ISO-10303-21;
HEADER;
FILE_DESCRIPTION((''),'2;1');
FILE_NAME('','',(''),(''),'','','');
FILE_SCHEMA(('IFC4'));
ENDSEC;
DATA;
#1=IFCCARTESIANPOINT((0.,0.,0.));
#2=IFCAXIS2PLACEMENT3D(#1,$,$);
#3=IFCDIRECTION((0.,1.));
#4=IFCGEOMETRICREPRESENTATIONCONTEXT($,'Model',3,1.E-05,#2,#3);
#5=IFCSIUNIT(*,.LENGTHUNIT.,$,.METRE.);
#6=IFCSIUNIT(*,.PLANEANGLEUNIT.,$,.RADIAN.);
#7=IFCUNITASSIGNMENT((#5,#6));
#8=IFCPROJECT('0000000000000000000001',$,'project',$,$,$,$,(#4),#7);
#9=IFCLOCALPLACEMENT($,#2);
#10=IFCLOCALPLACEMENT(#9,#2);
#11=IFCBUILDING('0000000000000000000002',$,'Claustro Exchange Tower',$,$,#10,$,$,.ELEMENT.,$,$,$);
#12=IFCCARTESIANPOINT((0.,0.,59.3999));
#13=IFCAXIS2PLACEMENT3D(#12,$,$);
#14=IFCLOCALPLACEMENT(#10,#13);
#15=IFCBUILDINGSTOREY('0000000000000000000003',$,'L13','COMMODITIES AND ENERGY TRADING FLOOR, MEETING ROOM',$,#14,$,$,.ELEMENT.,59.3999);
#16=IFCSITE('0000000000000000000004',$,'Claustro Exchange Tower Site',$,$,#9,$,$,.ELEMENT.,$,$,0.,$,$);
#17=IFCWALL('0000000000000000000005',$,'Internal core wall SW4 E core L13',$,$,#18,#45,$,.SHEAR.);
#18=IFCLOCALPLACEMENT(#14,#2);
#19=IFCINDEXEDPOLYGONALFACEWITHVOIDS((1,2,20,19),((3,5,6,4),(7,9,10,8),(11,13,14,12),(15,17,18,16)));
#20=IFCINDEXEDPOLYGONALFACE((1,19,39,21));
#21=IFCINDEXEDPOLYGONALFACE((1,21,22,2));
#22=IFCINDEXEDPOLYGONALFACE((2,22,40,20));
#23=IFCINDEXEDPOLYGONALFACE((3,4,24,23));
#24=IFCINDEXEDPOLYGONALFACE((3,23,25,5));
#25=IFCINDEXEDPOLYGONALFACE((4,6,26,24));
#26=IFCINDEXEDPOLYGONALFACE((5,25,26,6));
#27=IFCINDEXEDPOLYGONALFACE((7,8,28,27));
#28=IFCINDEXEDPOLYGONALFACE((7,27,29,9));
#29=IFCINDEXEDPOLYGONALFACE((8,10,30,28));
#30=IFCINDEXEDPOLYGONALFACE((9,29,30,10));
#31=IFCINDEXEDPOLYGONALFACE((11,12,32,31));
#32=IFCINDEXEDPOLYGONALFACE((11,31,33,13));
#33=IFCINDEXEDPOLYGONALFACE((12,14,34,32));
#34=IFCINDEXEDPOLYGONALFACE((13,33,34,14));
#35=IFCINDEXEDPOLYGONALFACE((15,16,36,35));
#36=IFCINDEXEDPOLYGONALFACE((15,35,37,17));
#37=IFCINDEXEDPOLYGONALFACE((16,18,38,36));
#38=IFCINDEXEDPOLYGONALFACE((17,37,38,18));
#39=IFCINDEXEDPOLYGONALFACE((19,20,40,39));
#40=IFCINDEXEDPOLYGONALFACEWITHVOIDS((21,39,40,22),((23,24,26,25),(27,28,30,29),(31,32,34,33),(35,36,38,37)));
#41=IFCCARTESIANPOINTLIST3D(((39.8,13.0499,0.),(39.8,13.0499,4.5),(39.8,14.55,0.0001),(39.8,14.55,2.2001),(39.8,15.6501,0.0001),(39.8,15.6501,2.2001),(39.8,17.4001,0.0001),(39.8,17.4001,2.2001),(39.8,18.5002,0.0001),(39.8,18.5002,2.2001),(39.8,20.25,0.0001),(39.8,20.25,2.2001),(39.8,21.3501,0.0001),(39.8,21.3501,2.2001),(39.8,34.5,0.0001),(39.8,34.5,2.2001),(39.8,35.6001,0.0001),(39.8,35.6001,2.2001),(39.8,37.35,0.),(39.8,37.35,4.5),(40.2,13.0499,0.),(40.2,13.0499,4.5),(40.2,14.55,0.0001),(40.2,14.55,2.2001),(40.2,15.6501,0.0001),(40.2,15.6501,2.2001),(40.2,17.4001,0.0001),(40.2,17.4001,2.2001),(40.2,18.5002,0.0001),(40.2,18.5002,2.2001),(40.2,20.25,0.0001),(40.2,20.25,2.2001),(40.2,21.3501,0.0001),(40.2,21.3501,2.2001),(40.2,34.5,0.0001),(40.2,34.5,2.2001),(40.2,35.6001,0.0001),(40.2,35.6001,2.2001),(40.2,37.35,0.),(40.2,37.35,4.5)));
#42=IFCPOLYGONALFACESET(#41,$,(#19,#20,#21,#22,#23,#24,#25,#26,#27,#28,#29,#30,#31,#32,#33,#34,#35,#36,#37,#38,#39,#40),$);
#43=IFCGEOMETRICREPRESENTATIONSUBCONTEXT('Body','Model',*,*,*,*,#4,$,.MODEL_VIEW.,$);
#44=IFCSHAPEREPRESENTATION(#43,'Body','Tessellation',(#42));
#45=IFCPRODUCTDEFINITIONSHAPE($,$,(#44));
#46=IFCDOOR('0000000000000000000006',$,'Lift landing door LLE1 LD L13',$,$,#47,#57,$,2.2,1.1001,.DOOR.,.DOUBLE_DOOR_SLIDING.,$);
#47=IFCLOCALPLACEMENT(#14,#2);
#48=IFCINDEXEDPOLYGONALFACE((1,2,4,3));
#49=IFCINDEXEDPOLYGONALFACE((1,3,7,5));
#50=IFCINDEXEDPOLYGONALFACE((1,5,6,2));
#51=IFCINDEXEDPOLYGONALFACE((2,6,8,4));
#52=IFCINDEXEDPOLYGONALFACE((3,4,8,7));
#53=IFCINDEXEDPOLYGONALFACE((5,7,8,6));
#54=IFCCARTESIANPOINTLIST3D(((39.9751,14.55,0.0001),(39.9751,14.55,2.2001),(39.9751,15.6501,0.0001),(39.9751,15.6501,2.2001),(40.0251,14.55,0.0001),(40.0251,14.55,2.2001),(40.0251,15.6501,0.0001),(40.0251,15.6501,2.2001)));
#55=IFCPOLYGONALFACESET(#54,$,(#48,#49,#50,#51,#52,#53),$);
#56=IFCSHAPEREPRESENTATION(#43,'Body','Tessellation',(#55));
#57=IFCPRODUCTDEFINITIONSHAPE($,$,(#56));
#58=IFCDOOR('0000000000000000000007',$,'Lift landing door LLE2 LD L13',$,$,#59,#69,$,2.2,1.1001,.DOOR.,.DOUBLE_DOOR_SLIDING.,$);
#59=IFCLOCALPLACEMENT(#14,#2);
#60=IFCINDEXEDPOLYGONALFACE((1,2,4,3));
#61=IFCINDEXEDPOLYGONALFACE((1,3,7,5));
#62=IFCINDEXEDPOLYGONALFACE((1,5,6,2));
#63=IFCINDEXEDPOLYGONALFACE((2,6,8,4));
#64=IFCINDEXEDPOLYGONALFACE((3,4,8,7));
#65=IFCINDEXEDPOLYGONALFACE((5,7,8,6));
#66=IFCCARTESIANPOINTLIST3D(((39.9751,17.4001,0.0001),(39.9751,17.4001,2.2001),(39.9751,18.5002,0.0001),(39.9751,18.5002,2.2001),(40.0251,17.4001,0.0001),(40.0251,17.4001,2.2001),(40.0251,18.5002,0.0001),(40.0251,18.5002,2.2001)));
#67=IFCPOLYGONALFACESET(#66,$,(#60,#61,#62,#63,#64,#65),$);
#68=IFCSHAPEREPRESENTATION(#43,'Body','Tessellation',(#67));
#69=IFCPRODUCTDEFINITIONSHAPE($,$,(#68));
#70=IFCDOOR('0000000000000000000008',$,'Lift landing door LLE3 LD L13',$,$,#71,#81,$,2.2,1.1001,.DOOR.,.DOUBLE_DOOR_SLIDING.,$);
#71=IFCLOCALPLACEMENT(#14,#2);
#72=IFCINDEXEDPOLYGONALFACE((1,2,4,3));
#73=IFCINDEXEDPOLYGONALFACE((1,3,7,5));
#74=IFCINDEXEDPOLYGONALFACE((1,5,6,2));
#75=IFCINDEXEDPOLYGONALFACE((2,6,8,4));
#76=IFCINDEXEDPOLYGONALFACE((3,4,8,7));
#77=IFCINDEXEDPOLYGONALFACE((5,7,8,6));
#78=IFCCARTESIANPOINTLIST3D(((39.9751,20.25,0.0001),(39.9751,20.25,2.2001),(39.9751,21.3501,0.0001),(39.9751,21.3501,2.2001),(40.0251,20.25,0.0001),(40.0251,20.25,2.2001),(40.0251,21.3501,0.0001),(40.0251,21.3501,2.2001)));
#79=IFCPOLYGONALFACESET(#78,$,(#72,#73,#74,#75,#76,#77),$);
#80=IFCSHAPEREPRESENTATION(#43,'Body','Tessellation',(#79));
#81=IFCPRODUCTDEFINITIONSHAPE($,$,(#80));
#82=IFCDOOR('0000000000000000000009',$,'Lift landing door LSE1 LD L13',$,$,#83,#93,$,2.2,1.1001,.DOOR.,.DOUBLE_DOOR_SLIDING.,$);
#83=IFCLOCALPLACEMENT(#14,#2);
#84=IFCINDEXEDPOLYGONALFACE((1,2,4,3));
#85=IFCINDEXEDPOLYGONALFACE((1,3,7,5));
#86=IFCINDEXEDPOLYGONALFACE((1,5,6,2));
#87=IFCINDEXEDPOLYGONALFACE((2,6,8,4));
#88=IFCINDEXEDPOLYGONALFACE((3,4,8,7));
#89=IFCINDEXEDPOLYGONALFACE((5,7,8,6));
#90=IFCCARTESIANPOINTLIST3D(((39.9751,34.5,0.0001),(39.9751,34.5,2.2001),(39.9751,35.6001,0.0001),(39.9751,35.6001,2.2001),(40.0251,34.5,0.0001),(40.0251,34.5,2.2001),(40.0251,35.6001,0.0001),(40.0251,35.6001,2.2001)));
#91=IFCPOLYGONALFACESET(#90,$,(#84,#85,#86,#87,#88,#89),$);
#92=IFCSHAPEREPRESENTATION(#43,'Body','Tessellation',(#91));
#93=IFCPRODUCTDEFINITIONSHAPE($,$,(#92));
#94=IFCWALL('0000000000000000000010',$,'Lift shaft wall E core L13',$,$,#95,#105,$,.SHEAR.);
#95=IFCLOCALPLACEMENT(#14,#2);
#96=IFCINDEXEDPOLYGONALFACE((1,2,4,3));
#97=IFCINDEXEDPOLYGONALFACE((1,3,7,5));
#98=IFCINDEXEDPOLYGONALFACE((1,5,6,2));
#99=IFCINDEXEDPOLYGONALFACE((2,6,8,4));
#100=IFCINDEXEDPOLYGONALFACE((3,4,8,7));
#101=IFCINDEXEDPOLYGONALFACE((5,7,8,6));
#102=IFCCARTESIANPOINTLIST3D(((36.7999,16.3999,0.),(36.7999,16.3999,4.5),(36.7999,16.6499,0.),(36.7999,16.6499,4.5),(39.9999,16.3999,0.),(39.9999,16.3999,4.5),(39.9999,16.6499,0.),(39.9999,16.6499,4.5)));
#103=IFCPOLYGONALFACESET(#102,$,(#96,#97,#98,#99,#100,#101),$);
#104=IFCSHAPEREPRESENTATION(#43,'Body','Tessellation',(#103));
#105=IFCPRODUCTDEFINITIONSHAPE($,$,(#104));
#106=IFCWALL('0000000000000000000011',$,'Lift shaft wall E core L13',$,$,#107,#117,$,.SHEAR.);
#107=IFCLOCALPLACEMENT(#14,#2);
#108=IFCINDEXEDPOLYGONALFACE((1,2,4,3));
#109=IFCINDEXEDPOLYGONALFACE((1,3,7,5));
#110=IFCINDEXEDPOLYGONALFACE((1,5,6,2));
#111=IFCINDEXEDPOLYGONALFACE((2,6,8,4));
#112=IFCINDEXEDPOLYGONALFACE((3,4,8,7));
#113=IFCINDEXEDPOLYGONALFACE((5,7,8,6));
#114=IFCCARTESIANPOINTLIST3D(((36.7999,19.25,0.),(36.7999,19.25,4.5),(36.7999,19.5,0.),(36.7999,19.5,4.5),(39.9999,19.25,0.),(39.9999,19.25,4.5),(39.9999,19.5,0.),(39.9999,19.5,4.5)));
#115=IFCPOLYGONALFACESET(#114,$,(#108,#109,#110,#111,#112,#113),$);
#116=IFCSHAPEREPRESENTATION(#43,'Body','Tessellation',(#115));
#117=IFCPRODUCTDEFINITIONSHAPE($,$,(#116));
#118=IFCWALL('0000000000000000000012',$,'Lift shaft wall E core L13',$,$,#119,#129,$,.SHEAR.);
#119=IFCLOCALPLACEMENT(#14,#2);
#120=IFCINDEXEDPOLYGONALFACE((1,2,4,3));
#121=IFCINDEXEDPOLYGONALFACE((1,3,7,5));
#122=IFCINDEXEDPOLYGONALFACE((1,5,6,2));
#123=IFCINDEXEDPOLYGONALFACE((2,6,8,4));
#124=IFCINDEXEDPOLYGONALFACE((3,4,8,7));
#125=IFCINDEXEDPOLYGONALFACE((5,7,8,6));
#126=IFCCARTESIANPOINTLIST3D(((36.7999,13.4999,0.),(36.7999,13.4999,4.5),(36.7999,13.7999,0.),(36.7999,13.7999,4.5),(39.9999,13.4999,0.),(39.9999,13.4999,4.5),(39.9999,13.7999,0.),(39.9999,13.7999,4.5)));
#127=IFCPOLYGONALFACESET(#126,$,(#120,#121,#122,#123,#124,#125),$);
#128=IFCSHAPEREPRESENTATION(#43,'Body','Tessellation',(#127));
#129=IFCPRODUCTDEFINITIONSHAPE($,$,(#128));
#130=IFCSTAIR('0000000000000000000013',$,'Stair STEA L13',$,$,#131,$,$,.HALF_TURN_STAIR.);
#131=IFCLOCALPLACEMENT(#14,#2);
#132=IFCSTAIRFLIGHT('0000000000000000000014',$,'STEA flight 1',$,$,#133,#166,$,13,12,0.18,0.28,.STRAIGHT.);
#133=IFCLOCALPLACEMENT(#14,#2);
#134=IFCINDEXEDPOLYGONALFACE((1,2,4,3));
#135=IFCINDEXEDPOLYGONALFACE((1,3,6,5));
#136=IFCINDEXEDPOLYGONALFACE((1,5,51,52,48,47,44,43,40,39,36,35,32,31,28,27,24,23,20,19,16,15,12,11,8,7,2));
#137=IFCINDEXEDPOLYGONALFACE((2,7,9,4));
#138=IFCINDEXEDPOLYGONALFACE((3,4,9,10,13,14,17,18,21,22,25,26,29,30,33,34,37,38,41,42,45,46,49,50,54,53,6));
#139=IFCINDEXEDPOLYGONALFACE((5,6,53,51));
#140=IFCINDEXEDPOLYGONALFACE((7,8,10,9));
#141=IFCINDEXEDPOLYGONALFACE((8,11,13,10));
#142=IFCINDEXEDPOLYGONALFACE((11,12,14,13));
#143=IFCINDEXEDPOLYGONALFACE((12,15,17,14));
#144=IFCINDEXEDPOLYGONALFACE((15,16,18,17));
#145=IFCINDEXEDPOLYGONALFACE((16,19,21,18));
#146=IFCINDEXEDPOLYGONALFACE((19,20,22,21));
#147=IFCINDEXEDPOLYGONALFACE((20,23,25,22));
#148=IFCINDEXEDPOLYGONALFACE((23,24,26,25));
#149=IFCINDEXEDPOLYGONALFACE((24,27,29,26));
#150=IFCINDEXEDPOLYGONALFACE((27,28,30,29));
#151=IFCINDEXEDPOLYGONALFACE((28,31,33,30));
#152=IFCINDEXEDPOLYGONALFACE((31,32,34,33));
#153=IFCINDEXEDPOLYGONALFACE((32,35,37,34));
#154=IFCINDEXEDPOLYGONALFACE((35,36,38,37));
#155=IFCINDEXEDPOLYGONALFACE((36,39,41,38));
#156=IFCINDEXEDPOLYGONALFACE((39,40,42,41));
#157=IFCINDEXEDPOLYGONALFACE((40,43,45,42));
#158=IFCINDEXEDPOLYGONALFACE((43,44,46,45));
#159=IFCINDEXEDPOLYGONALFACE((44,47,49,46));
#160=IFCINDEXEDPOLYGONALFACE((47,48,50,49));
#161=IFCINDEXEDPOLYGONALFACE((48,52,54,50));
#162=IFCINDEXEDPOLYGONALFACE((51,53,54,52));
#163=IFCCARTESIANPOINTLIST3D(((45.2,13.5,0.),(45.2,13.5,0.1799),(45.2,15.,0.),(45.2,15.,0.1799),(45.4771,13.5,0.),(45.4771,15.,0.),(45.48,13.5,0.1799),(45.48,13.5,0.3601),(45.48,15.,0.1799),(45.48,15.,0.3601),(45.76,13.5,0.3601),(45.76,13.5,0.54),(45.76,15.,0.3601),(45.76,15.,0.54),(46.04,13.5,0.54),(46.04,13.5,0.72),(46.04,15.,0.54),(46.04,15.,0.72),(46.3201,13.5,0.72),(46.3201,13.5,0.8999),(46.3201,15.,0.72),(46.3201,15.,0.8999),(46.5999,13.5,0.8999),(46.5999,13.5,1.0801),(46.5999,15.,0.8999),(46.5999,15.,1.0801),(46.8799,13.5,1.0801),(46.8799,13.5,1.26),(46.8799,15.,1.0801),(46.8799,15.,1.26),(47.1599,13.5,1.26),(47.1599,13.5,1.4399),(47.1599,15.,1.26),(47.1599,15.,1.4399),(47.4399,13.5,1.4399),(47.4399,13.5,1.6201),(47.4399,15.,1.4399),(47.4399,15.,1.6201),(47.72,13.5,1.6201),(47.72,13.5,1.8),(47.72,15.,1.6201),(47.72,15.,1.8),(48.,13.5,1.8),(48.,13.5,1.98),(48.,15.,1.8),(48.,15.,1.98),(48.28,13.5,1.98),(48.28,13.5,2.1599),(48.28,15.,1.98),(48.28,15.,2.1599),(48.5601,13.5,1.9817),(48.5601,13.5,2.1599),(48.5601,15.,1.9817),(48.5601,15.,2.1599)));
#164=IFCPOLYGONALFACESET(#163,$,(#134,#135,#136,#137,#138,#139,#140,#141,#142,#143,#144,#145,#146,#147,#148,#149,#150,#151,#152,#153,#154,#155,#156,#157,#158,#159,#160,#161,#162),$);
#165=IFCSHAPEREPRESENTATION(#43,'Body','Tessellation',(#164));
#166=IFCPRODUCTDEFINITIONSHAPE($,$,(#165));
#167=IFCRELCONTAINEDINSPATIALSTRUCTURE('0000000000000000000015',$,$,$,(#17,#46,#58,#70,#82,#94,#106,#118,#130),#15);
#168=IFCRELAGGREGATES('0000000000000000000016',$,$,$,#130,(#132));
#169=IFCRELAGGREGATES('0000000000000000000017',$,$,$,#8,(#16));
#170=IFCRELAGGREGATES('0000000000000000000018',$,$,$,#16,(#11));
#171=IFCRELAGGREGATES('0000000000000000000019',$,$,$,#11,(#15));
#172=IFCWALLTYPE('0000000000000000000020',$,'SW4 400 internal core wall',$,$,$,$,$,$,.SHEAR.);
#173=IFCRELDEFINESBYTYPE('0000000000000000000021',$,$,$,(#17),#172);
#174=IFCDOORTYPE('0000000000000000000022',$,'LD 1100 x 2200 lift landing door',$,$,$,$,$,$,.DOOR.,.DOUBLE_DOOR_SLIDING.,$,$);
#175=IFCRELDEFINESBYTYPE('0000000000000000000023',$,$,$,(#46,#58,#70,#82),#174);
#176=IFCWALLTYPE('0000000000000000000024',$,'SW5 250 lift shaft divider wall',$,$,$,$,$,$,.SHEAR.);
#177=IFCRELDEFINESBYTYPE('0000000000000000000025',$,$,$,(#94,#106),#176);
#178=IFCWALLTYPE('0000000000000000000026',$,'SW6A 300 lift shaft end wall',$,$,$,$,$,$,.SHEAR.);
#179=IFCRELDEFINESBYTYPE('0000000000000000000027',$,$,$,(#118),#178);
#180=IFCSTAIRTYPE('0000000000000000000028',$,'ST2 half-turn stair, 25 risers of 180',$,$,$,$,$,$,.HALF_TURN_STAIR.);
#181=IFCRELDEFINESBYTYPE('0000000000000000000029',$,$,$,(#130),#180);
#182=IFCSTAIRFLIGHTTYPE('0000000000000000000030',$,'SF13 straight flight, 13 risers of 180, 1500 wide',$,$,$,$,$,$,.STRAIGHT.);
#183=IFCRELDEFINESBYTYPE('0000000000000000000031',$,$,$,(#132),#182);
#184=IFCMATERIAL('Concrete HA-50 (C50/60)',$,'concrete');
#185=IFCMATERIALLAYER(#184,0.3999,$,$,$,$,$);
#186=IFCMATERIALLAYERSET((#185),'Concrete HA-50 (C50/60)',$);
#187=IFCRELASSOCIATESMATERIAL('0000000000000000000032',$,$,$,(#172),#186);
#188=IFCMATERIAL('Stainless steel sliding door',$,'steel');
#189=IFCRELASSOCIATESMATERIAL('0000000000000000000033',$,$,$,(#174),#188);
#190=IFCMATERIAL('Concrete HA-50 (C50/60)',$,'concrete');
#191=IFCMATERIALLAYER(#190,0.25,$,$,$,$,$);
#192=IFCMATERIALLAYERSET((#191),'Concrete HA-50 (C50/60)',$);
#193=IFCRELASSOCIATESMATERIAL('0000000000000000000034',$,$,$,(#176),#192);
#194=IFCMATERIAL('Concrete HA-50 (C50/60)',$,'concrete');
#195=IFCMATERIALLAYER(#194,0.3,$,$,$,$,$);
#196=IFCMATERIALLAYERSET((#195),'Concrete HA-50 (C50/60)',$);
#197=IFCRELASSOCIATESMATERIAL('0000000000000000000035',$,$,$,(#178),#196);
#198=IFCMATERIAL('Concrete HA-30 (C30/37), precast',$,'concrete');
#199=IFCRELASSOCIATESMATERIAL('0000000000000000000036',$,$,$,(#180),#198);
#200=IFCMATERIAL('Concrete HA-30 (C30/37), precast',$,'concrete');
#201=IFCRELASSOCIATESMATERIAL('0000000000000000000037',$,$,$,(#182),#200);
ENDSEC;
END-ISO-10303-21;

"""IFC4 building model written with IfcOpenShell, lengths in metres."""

from ifc_helpers import new_model, si_unit, direction, frame, frame_2d, origin, place, context, subcontext, project, spatial, polyline, rectangle, outline, extrude, material, layer, layer_set, type_object, element, fill, aggregate, save


model = new_model("IFC4")

# Units and contexts
model_context = context("Model", 3, precision=1e-05, world=origin(), true_north=direction((0.0, 1.0)))
body_context = subcontext(model_context, "Body", "Model", "MODEL_VIEW")
ifc_project = project(units=[si_unit("LENGTHUNIT", "METRE"), si_unit("PLANEANGLEUNIT", "RADIAN")], contexts=[model_context])

# Site, building, storey
site_placement = place(None, origin())
site = spatial("IfcSite", under=ifc_project, at=site_placement, Name="Claustro Exchange Tower Site", CompositionType="ELEMENT", RefElevation=0.0)
building_placement = place(site_placement, origin())
building = spatial("IfcBuilding", under=site, at=building_placement, Name="Claustro Exchange Tower", CompositionType="ELEMENT")
storey_placement = place(building_placement, frame((0.0, 0.0, 59.3999)))
storey = spatial("IfcBuildingStorey", under=building, at=storey_placement, Name="L13", Description="COMMODITIES AND ENERGY TRADING FLOOR, MEETING ROOM", CompositionType="ELEMENT", Elevation=59.3999)

# Wall, openings, doors
ifc_material_1 = material(Name="Concrete HA-50 (C50/60)", Category="concrete")
ifc_layer_1 = layer(ifc_material_1, 0.3999)
ifc_layer_set_1 = layer_set([ifc_layer_1], Name="Concrete HA-50 (C50/60)")
wall_type_1 = type_object("IfcWallType", Name="SW4 400 internal core wall", PredefinedType="SHEAR", material=ifc_layer_set_1)
ifc_material_2 = material(Name="Stainless steel sliding door", Category="steel")
door_type_1 = type_object("IfcDoorType", Name="LD 1100 x 2200 lift landing door", OperationType="DOUBLE_DOOR_SLIDING", PredefinedType="DOOR", material=ifc_material_2)
wall_1_placement = place(storey_placement, frame((40.0, 13.05, 0.0), z_axis=(0.0, 0.0, 1.0), x_axis=(0.0, 1.0, 0.0)))
wall_1 = element("IfcWall", 1, at=wall_1_placement, inside=storey, type_object=wall_type_1, Name="Internal core wall SW4 E core L13", PredefinedType="SHEAR", context=body_context, shape_type="SweptSolid", body=[
    extrude(rectangle(XDim=24.3, YDim=0.3999, at=frame_2d((12.1499, 0.0))), origin(), (0.0, 0.0, 1.0), 4.5),
])
opening_1_placement = place(wall_1_placement, frame((1.5, 0.0, 0.0)))
opening_1 = element("IfcOpeningElement", 2, at=opening_1_placement, cuts=wall_1, PredefinedType="OPENING", context=body_context, shape_type="SweptSolid", body=[
    extrude(rectangle(XDim=1.1001, YDim=2.2, at=frame_2d((0.55, 1.1001))), frame((0.0, 0.21, 0.0), z_axis=(0.0, -1.0, 0.0), x_axis=(1.0, 0.0, 0.0)), (0.0, 0.0, 1.0), 0.4199),
])
opening_2_placement = place(wall_1_placement, frame((4.3501, 0.0, 0.0)))
opening_2 = element("IfcOpeningElement", 3, at=opening_2_placement, cuts=wall_1, PredefinedType="OPENING", context=body_context, shape_type="SweptSolid", body=[
    extrude(rectangle(XDim=1.1001, YDim=2.2, at=frame_2d((0.55, 1.1001))), frame((0.0, 0.21, 0.0), z_axis=(0.0, -1.0, 0.0), x_axis=(1.0, 0.0, 0.0)), (0.0, 0.0, 1.0), 0.4199),
])
opening_3_placement = place(wall_1_placement, frame((7.2, 0.0, 0.0)))
opening_3 = element("IfcOpeningElement", 4, at=opening_3_placement, cuts=wall_1, PredefinedType="OPENING", context=body_context, shape_type="SweptSolid", body=[
    extrude(rectangle(XDim=1.1001, YDim=2.2, at=frame_2d((0.55, 1.1001))), frame((0.0, 0.21, 0.0), z_axis=(0.0, -1.0, 0.0), x_axis=(1.0, 0.0, 0.0)), (0.0, 0.0, 1.0), 0.4199),
])
opening_4_placement = place(wall_1_placement, frame((21.45, 0.0, 0.0)))
opening_4 = element("IfcOpeningElement", 5, at=opening_4_placement, cuts=wall_1, PredefinedType="OPENING", context=body_context, shape_type="SweptSolid", body=[
    extrude(rectangle(XDim=1.1001, YDim=2.2, at=frame_2d((0.55, 1.1001))), frame((0.0, 0.21, 0.0), z_axis=(0.0, -1.0, 0.0), x_axis=(1.0, 0.0, 0.0)), (0.0, 0.0, 1.0), 0.4199),
])
door_1_placement = place(opening_1_placement, origin())
door_1 = element("IfcDoor", 6, at=door_1_placement, inside=storey, type_object=door_type_1, Name="Lift landing door LLE1 LD L13", OperationType="DOUBLE_DOOR_SLIDING", OverallHeight=2.2, OverallWidth=1.1001, PredefinedType="DOOR", context=body_context, shape_type="SweptSolid", body=[
    extrude(rectangle(XDim=1.1001, YDim=2.2, at=frame_2d((0.55, 1.1001))), frame((0.0, 0.0249, 0.0), z_axis=(0.0, -1.0, 0.0), x_axis=(1.0, 0.0, 0.0)), (0.0, 0.0, 1.0), 0.05),
])
fill(opening_1, door_1)
door_2_placement = place(opening_2_placement, origin())
door_2 = element("IfcDoor", 7, at=door_2_placement, inside=storey, type_object=door_type_1, Name="Lift landing door LLE2 LD L13", OperationType="DOUBLE_DOOR_SLIDING", OverallHeight=2.2, OverallWidth=1.1001, PredefinedType="DOOR", context=body_context, shape_type="SweptSolid", body=[
    extrude(rectangle(XDim=1.1001, YDim=2.2, at=frame_2d((0.55, 1.1001))), frame((0.0, 0.0249, 0.0), z_axis=(0.0, -1.0, 0.0), x_axis=(1.0, 0.0, 0.0)), (0.0, 0.0, 1.0), 0.05),
])
fill(opening_2, door_2)
door_3_placement = place(opening_3_placement, origin())
door_3 = element("IfcDoor", 8, at=door_3_placement, inside=storey, type_object=door_type_1, Name="Lift landing door LLE3 LD L13", OperationType="DOUBLE_DOOR_SLIDING", OverallHeight=2.2, OverallWidth=1.1001, PredefinedType="DOOR", context=body_context, shape_type="SweptSolid", body=[
    extrude(rectangle(XDim=1.1001, YDim=2.2, at=frame_2d((0.55, 1.1001))), frame((0.0, 0.0249, 0.0), z_axis=(0.0, -1.0, 0.0), x_axis=(1.0, 0.0, 0.0)), (0.0, 0.0, 1.0), 0.05),
])
fill(opening_3, door_3)
door_4_placement = place(opening_4_placement, origin())
door_4 = element("IfcDoor", 9, at=door_4_placement, inside=storey, type_object=door_type_1, Name="Lift landing door LSE1 LD L13", OperationType="DOUBLE_DOOR_SLIDING", OverallHeight=2.2, OverallWidth=1.1001, PredefinedType="DOOR", context=body_context, shape_type="SweptSolid", body=[
    extrude(rectangle(XDim=1.1001, YDim=2.2, at=frame_2d((0.55, 1.1001))), frame((0.0, 0.0249, 0.0), z_axis=(0.0, -1.0, 0.0), x_axis=(1.0, 0.0, 0.0)), (0.0, 0.0, 1.0), 0.05),
])
fill(opening_4, door_4)

# Walls
ifc_material_3 = material(Name="Concrete HA-50 (C50/60)", Category="concrete")
ifc_layer_2 = layer(ifc_material_3, 0.25)
ifc_layer_set_2 = layer_set([ifc_layer_2], Name="Concrete HA-50 (C50/60)")
wall_type_2 = type_object("IfcWallType", Name="SW5 250 lift shaft divider wall", PredefinedType="SHEAR", material=ifc_layer_set_2)
for number, where, z_axis, x_axis, name in (
    (10, (40.0, 16.5249, 0.0), (0.0, 0.0, 1.0), (-1.0, 0.0, 0.0), "Lift shaft wall E core L13"),
    (11, (40.0, 19.375, 0.0), (0.0, 0.0, 1.0), (-1.0, 0.0, 0.0), "Lift shaft wall E core L13"),
):
    element("IfcWall", number, at=place(storey_placement, frame(where, z_axis=z_axis, x_axis=x_axis)), inside=storey, type_object=wall_type_2, Name=name, PredefinedType="SHEAR", context=body_context, shape_type="SweptSolid", body=[
        extrude(rectangle(XDim=3.2, YDim=0.25, at=frame_2d((1.6001, 0.0))), origin(), (0.0, 0.0, 1.0), 4.5),
    ])
ifc_material_4 = material(Name="Concrete HA-50 (C50/60)", Category="concrete")
ifc_layer_3 = layer(ifc_material_4, 0.3)
ifc_layer_set_3 = layer_set([ifc_layer_3], Name="Concrete HA-50 (C50/60)")
wall_type_3 = type_object("IfcWallType", Name="SW6A 300 lift shaft end wall", PredefinedType="SHEAR", material=ifc_layer_set_3)
wall_2_placement = place(storey_placement, frame((40.0, 13.6499, 0.0), z_axis=(0.0, 0.0, 1.0), x_axis=(-1.0, 0.0, 0.0)))
element("IfcWall", 12, at=wall_2_placement, inside=storey, type_object=wall_type_3, Name="Lift shaft wall E core L13", PredefinedType="SHEAR", context=body_context, shape_type="SweptSolid", body=[
    extrude(rectangle(XDim=3.2, YDim=0.3, at=frame_2d((1.6001, 0.0))), origin(), (0.0, 0.0, 1.0), 4.5),
])

# Stair, stair flight
ifc_material_5 = material(Name="Concrete HA-30 (C30/37), precast", Category="concrete")
stair_type = type_object("IfcStairType", Name="ST2 half-turn stair, 25 risers of 180", PredefinedType="HALF_TURN_STAIR", material=ifc_material_5)
stair_placement = place(storey_placement, origin())
stair = element("IfcStair", 13, at=stair_placement, inside=storey, type_object=stair_type, Name="Stair STEA L13", PredefinedType="HALF_TURN_STAIR")
ifc_material_6 = material(Name="Concrete HA-30 (C30/37), precast", Category="concrete")
stair_flight_type = type_object("IfcStairFlightType", Name="SF13 straight flight, 13 risers of 180, 1500 wide", PredefinedType="STRAIGHT", material=ifc_material_6)
stair_flight_placement = place(storey_placement, frame((45.2, 14.25, 0.0), z_axis=(0.0, 0.0, 1.0), x_axis=(1.0, 0.0, 0.0)))
stair_flight = element("IfcStairFlight", 14, at=stair_flight_placement, type_object=stair_flight_type, Name="STEA flight 1", NumberOfRisers=13, NumberOfTreads=12, PredefinedType="STRAIGHT", RiserHeight=0.18, TreadLength=0.28, context=body_context, shape_type="SweptSolid", body=[
    extrude(outline(polyline([(0.0, 0.0), (0.0, 0.1799), (0.28, 0.1799), (0.28, 0.3601), (0.5601, 0.3601), (0.5601, 0.54), (0.8401, 0.54), (0.8401, 0.72), (1.1201, 0.72), (1.1201, 0.8999), (1.3999, 0.8999), (1.3999, 1.0801), (1.6799, 1.0801), (1.6799, 1.26), (1.96, 1.26), (1.96, 1.4399), (2.24, 1.4399), (2.24, 1.6201), (2.52, 1.6201), (2.52, 1.8), (2.8, 1.8), (2.8, 1.98), (3.0801, 1.98), (3.0801, 2.1599), (3.3601, 2.1599), (3.3601, 2.3401), (3.3601, 1.9817), (0.2771, 0.0), (0.0, 0.0)])), frame((0.0, 0.75, 0.0), z_axis=(0.0, -1.0, 0.0), x_axis=(1.0, 0.0, 0.0)), (0.0, 0.0, 1.0), 1.5),
])
aggregate(stair, [stair_flight])

save(model, "model.ifc")
